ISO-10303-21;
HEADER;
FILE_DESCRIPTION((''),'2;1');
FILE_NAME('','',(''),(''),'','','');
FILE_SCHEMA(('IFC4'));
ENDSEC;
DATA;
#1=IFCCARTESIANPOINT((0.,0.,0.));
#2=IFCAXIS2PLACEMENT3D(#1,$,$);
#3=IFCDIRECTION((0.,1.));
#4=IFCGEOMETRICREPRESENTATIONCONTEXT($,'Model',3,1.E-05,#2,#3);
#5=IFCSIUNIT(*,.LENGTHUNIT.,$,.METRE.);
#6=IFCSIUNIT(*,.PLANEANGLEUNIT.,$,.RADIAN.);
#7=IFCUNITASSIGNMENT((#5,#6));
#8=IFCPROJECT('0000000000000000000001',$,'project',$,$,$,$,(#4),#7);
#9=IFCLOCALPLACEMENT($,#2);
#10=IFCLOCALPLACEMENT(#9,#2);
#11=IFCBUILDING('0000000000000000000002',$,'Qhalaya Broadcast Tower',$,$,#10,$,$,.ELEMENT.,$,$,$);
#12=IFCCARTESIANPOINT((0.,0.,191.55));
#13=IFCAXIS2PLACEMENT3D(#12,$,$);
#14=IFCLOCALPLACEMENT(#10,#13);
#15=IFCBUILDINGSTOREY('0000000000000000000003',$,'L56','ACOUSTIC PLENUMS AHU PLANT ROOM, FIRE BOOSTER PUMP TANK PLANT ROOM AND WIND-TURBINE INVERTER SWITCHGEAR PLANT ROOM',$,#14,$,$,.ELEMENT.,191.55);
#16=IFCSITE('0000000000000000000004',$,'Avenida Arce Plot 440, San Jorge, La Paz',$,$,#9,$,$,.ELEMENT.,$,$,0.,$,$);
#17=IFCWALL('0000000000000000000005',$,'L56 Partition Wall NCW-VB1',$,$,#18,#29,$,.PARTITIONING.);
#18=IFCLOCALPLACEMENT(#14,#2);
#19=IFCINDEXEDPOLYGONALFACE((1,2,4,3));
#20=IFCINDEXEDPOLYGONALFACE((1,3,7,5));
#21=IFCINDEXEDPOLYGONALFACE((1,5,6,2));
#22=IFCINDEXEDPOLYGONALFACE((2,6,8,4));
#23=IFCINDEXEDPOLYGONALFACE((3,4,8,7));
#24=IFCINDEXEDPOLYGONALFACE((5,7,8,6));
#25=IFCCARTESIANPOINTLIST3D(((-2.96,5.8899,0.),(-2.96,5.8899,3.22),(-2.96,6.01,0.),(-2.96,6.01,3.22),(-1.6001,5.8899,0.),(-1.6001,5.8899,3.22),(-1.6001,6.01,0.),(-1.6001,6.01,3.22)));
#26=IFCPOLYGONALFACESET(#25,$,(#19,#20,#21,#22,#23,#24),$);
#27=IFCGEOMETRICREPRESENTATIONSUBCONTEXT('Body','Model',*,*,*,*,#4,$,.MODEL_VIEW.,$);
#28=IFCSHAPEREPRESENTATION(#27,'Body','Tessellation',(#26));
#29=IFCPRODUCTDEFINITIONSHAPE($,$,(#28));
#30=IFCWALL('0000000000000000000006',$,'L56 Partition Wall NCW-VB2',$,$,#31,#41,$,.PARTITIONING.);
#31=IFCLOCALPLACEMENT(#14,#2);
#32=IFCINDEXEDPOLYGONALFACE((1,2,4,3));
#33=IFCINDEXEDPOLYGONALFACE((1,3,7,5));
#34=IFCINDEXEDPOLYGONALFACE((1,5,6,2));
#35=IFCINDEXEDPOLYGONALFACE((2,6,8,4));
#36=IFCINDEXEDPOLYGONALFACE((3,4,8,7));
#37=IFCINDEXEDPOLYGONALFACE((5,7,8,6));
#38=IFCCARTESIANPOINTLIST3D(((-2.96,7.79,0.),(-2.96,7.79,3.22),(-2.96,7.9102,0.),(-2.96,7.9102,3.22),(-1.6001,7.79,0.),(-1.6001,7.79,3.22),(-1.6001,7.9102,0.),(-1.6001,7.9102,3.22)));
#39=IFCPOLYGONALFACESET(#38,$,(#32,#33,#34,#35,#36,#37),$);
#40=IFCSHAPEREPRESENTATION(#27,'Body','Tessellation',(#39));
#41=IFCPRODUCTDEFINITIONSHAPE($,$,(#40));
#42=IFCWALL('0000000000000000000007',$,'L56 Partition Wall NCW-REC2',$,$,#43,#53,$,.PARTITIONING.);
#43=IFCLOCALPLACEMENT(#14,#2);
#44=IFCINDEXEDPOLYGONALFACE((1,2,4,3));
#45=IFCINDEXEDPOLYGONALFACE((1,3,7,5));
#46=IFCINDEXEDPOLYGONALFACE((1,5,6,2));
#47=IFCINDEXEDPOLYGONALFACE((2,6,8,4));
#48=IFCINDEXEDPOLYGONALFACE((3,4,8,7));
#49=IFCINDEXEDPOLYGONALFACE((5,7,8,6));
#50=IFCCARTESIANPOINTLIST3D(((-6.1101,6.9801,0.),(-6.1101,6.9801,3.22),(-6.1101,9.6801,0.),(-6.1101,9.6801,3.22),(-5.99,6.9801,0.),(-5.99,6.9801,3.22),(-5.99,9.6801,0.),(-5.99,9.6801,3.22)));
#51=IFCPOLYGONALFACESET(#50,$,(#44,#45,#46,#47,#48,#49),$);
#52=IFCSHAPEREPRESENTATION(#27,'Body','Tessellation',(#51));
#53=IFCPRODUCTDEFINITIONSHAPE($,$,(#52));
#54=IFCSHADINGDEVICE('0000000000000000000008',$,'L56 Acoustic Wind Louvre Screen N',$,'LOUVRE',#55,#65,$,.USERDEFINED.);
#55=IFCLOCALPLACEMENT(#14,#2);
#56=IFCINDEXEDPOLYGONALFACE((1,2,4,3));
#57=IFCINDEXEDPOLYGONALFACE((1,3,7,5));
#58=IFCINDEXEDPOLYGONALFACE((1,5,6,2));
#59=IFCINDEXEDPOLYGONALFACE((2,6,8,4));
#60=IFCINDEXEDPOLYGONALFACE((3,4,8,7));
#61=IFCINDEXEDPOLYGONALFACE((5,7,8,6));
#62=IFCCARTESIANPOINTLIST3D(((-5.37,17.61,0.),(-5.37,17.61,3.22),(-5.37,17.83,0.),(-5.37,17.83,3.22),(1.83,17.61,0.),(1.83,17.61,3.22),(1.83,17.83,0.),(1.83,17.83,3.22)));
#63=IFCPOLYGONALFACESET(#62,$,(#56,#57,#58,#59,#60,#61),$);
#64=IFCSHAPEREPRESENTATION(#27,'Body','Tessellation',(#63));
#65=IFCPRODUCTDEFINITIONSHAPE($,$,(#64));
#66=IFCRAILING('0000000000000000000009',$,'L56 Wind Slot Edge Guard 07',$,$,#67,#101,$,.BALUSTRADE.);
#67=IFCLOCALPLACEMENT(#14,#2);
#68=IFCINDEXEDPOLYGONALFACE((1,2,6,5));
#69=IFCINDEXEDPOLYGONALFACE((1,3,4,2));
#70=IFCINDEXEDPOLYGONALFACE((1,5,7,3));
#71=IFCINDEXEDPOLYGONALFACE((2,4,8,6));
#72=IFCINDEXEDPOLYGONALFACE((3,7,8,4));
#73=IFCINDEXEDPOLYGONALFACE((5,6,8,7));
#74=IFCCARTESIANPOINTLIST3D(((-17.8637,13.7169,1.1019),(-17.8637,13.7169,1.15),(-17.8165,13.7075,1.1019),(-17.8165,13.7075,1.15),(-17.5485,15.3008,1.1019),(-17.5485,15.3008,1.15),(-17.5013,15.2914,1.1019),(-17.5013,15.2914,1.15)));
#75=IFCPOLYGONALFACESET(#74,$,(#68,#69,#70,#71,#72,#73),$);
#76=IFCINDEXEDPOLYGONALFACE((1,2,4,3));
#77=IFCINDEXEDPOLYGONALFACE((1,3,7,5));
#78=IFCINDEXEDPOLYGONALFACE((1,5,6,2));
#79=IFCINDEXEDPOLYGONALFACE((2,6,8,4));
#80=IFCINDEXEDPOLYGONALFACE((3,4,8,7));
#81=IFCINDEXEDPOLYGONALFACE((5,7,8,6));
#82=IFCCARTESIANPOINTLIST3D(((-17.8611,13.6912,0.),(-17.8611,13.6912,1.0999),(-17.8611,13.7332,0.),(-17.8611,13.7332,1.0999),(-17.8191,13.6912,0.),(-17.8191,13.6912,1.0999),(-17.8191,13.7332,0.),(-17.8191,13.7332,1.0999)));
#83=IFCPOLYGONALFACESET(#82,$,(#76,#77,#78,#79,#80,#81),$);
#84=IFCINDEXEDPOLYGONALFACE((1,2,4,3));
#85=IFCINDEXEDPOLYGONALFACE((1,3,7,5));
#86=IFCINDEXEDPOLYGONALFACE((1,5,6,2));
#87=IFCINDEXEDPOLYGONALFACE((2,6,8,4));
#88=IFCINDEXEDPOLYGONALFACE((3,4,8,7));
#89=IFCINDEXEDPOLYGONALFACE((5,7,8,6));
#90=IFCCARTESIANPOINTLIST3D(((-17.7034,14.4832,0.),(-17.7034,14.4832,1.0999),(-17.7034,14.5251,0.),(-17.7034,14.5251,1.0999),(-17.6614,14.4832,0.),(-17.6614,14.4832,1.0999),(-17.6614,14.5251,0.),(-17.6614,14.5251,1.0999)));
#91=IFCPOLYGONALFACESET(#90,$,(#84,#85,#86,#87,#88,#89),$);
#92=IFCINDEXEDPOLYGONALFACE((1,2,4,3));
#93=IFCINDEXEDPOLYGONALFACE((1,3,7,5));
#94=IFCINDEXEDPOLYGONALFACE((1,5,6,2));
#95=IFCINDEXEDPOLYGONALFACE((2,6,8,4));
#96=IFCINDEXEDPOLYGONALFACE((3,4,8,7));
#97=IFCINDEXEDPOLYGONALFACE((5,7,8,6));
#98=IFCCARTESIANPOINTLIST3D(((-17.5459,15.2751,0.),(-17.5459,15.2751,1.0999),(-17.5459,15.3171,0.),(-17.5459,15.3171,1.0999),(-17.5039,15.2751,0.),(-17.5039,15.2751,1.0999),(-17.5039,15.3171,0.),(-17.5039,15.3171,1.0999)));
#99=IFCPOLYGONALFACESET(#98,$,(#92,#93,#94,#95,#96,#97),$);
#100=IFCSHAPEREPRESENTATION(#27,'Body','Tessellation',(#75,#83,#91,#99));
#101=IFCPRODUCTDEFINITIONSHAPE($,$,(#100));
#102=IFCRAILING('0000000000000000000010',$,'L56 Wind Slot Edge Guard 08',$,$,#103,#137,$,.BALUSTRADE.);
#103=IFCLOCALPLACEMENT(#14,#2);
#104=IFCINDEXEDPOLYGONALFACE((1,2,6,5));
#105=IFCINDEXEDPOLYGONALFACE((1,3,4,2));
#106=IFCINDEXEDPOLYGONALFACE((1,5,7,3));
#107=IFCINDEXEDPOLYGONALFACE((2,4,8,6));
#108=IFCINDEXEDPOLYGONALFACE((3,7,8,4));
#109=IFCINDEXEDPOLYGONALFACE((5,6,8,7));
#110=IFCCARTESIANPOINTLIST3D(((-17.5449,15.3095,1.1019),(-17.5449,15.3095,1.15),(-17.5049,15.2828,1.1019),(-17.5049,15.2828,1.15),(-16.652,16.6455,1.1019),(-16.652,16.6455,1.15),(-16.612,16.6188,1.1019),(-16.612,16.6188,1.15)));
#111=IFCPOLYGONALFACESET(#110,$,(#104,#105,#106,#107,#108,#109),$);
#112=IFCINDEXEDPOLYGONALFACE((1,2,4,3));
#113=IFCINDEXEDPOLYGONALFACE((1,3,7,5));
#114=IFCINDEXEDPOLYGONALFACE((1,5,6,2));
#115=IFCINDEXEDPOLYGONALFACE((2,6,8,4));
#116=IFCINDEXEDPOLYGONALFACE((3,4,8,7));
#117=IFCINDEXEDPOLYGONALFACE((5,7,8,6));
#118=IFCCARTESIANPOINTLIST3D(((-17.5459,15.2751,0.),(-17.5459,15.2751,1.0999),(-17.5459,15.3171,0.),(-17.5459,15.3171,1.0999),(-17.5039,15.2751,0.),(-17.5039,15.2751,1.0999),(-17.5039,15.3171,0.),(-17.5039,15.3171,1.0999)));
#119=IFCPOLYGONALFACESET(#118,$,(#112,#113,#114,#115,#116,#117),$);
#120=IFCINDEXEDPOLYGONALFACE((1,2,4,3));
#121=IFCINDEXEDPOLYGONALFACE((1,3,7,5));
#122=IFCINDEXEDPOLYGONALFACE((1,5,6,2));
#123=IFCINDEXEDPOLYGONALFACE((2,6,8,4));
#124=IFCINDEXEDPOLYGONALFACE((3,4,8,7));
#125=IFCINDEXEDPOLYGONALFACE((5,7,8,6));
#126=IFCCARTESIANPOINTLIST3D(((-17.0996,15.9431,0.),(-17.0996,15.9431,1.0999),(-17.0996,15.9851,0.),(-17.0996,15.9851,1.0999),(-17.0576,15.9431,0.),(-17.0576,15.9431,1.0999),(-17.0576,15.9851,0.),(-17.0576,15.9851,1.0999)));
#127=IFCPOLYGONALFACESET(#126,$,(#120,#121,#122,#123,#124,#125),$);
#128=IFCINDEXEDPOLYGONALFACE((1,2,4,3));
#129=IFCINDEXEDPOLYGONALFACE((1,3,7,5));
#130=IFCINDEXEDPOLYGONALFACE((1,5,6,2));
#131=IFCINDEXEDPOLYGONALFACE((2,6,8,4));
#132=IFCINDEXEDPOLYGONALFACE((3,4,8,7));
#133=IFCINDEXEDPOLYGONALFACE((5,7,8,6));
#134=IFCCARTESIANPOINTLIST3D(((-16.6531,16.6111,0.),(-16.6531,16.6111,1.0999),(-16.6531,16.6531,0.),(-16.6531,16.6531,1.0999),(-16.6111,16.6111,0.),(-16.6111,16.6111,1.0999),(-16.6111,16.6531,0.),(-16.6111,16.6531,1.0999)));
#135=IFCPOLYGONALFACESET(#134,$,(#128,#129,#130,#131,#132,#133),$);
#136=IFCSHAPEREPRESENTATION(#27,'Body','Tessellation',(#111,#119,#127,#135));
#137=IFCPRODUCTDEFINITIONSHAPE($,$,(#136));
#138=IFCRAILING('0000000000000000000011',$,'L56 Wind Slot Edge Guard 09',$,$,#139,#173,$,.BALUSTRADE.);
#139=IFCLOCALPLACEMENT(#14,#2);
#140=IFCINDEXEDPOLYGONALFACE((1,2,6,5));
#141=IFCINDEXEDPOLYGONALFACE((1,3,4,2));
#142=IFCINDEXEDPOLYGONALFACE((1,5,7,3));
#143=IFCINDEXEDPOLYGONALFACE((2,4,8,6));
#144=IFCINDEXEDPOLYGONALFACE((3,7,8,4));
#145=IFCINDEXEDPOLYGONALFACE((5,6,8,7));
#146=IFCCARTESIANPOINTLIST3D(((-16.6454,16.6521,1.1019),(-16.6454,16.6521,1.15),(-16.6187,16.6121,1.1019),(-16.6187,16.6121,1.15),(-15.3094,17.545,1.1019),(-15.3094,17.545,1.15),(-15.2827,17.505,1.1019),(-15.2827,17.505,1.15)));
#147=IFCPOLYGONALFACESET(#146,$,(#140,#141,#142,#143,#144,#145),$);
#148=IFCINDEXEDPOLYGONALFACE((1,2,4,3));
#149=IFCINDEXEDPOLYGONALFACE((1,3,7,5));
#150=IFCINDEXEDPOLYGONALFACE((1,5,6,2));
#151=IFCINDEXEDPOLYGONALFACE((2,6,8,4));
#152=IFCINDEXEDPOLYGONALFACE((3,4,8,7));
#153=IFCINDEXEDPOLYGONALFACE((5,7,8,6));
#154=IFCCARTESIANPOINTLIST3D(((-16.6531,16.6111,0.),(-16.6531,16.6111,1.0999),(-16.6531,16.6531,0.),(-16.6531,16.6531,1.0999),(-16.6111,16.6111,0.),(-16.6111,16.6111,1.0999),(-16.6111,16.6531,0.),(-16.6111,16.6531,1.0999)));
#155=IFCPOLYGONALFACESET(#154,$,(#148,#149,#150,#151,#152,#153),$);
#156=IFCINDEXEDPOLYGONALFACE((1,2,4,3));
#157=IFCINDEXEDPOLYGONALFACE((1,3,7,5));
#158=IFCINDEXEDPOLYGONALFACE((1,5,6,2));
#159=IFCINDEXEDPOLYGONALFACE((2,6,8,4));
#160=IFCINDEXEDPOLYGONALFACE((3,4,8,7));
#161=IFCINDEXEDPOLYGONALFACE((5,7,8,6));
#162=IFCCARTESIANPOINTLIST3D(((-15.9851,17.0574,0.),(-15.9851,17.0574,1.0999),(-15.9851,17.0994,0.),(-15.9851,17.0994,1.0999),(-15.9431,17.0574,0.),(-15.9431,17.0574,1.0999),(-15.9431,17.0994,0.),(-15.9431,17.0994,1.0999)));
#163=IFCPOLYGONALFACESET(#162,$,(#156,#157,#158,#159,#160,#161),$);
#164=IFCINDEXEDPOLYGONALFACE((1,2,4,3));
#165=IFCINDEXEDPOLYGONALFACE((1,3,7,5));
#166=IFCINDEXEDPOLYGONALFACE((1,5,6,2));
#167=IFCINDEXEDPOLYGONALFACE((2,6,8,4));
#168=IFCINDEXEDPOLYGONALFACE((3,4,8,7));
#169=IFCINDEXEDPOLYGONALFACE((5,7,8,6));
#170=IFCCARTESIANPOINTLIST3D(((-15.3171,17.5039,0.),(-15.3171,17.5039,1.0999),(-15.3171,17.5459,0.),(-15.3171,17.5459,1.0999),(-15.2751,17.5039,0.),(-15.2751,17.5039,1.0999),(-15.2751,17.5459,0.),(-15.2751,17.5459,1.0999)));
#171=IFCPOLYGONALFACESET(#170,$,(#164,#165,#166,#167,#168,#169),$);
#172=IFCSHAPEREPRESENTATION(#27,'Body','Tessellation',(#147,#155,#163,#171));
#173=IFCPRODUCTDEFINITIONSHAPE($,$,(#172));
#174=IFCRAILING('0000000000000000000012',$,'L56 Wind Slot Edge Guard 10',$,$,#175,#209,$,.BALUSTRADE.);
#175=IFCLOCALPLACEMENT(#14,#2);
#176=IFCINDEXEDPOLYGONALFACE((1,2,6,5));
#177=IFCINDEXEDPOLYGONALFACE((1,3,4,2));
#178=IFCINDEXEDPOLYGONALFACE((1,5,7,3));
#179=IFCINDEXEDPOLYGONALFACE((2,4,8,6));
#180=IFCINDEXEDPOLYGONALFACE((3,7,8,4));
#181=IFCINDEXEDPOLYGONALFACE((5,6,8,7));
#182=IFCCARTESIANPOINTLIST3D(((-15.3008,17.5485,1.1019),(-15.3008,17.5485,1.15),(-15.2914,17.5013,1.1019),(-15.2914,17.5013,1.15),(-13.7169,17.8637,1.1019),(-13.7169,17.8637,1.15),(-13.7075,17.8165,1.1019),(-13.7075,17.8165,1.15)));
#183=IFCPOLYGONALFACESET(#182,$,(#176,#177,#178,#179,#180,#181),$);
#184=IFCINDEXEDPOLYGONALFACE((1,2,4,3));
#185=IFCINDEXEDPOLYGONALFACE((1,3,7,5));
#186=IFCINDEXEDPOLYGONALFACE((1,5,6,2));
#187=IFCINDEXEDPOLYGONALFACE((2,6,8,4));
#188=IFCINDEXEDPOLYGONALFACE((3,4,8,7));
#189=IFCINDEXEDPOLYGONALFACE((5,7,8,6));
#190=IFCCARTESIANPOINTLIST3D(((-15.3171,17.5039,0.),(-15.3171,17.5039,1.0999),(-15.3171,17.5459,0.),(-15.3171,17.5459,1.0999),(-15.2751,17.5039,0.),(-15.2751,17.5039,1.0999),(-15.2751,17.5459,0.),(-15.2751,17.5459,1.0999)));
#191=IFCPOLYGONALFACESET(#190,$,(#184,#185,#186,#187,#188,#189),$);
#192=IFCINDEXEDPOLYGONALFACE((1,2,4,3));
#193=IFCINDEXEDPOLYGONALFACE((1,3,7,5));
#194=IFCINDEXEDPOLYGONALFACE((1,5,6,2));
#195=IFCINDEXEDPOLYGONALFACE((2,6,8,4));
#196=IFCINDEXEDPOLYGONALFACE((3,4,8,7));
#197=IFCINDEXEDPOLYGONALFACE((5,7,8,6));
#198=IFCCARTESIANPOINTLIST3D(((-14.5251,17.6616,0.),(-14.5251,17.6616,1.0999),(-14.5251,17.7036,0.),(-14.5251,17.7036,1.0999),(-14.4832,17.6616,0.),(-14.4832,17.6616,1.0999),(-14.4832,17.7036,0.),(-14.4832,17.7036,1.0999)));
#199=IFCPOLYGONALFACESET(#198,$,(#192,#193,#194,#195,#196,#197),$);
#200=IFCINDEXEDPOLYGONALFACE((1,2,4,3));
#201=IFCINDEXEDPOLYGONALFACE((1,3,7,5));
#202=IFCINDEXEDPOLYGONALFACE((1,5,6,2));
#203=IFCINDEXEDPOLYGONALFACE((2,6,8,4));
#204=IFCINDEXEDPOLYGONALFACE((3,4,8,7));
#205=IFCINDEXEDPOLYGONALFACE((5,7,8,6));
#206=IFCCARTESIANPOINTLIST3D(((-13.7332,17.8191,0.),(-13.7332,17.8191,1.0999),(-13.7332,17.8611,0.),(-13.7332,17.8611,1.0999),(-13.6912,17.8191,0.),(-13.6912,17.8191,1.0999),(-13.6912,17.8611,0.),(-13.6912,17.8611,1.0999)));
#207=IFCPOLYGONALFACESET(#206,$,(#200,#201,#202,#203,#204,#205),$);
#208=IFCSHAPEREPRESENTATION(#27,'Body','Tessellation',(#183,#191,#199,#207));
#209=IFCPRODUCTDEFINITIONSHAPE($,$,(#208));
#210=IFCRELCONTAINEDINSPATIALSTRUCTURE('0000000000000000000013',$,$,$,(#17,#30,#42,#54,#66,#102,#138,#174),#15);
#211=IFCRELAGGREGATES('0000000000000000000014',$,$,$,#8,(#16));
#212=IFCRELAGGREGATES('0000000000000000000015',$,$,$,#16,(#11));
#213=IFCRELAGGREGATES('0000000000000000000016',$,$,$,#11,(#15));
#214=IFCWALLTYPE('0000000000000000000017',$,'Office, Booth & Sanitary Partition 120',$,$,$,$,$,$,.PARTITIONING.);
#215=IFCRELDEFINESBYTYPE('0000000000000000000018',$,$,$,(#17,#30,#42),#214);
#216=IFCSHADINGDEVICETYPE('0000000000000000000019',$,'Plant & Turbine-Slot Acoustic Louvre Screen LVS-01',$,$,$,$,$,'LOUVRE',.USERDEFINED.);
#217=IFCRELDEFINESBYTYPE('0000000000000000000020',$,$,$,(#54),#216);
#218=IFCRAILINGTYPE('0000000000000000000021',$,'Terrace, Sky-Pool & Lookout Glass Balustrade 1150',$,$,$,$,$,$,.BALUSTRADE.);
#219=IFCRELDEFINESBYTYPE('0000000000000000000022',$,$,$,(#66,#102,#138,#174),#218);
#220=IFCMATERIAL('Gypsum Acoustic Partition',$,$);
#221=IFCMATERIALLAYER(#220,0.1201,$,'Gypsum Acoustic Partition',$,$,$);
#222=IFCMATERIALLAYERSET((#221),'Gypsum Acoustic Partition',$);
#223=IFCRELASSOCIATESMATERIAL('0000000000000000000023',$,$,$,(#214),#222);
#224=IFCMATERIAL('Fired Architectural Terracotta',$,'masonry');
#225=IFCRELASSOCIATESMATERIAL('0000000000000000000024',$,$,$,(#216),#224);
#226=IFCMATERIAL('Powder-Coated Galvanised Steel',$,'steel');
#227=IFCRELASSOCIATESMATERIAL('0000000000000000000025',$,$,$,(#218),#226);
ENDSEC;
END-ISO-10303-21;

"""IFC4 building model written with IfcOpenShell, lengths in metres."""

from ifc_helpers import new_model, si_unit, direction, frame, frame_2d, origin, origin_2d, place, context, subcontext, project, spatial, rectangle, extrude, material, layer, layer_set, type_object, element, save


model = new_model("IFC4")

# Units and contexts
model_context = context("Model", 3, precision=1e-05, world=origin(), true_north=direction((0.0, 1.0)))
body_context = subcontext(model_context, "Body", "Model", "MODEL_VIEW")
ifc_project = project(units=[si_unit("LENGTHUNIT", "METRE"), si_unit("PLANEANGLEUNIT", "RADIAN")], contexts=[model_context])

# Site, building, storey
site_placement = place(None, origin())
site = spatial("IfcSite", under=ifc_project, at=site_placement, Name="Avenida Arce Plot 440, San Jorge, La Paz", CompositionType="ELEMENT", RefElevation=0.0)
building_placement = place(site_placement, origin())
building = spatial("IfcBuilding", under=site, at=building_placement, Name="Qhalaya Broadcast Tower", CompositionType="ELEMENT")
storey_placement = place(building_placement, frame((0.0, 0.0, 191.55)))
storey = spatial("IfcBuildingStorey", under=building, at=storey_placement, Name="L56", Description="ACOUSTIC PLENUMS AHU PLANT ROOM, FIRE BOOSTER PUMP TANK PLANT ROOM AND WIND-TURBINE INVERTER SWITCHGEAR PLANT ROOM", CompositionType="ELEMENT", Elevation=191.55)

# Shared definitions
ifc_material_1 = material(Name="Gypsum Acoustic Partition")

# Walls
ifc_layer_1 = layer(ifc_material_1, 0.1201, Name="Gypsum Acoustic Partition")
ifc_layer_set_1 = layer_set([ifc_layer_1], Name="Gypsum Acoustic Partition")
wall_type_1 = type_object("IfcWallType", Name="Office, Booth & Sanitary Partition 120", PredefinedType="PARTITIONING", material=ifc_layer_set_1)
for number, where, z_axis, x_axis, name in (
    (1, (-2.96, 5.95, 0.0), (0.0, 0.0, 1.0), (1.0, 0.0, 0.0), "L56 Partition Wall NCW-VB1"),
    (2, (-2.96, 7.8501, 0.0), (0.0, 0.0, 1.0), (1.0, 0.0, 0.0), "L56 Partition Wall NCW-VB2"),
):
    element("IfcWall", number, at=place(storey_placement, frame(where, z_axis=z_axis, x_axis=x_axis)), inside=storey, type_object=wall_type_1, Name=name, PredefinedType="PARTITIONING", context=body_context, shape_type="SweptSolid", body=[
        extrude(rectangle(XDim=1.3599, YDim=0.1201, at=frame_2d((0.6799, 0.0))), origin(), (0.0, 0.0, 1.0), 3.22),
    ])
wall_1_placement = place(storey_placement, frame((-6.05, 6.98, 0.0), z_axis=(0.0, 0.0, 1.0), x_axis=(0.0, 1.0, 0.0)))
element("IfcWall", 3, at=wall_1_placement, inside=storey, type_object=wall_type_1, Name="L56 Partition Wall NCW-REC2", PredefinedType="PARTITIONING", context=body_context, shape_type="SweptSolid", body=[
    extrude(rectangle(XDim=2.7, YDim=0.1201, at=frame_2d((1.3501, 0.0))), origin(), (0.0, 0.0, 1.0), 3.22),
])

# Shading device
ifc_material_2 = material(Name="Fired Architectural Terracotta", Category="masonry")
shading_device_type = type_object("IfcShadingDeviceType", Name="Plant & Turbine-Slot Acoustic Louvre Screen LVS-01", ElementType="LOUVRE", PredefinedType="USERDEFINED", material=ifc_material_2)
shading_device_placement = place(storey_placement, frame((-1.77, 17.72, 0.0), z_axis=(0.0, 0.0, 1.0), x_axis=(1.0, 0.0, 0.0)))
element("IfcShadingDevice", 4, at=shading_device_placement, inside=storey, type_object=shading_device_type, Name="L56 Acoustic Wind Louvre Screen N", ObjectType="LOUVRE", PredefinedType="USERDEFINED", context=body_context, shape_type="SweptSolid", body=[
    extrude(rectangle(XDim=7.2, YDim=0.22, at=origin_2d()), origin(), (0.0, 0.0, 1.0), 3.22),
])

# Railings
ifc_material_3 = material(Name="Powder-Coated Galvanised Steel", Category="steel")
railing_type = type_object("IfcRailingType", Name="Terrace, Sky-Pool & Lookout Glass Balustrade 1150", PredefinedType="BALUSTRADE", material=ifc_material_3)
railing_1_placement = place(storey_placement, frame((-17.8401, 13.7122, 0.0)))
element("IfcRailing", 5, at=railing_1_placement, inside=storey, type_object=railing_type, Name="L56 Wind Slot Edge Guard 07", PredefinedType="BALUSTRADE", context=body_context, shape_type="SweptSolid", body=[
    extrude(rectangle(XDim=0.0481, YDim=0.0481, at=origin_2d()), frame((0.0, 0.0, 1.126), z_axis=(0.195157, 0.980772, 0.0), x_axis=(-0.980772, 0.195157, 0.0)), (0.0, 0.0, 1.0), 1.615),
    extrude(rectangle(XDim=0.042, YDim=0.042, at=origin_2d()), origin(), (0.0, 0.0, 1.0), 1.0999),
    extrude(rectangle(XDim=0.042, YDim=0.042, at=origin_2d()), frame((0.1577, 0.792, 0.0)), (0.0, 0.0, 1.0), 1.0999),
    extrude(rectangle(XDim=0.042, YDim=0.042, at=origin_2d()), frame((0.3152, 1.584, 0.0)), (0.0, 0.0, 1.0), 1.0999),
])
railing_2_placement = place(storey_placement, frame((-17.5249, 15.2961, 0.0)))
element("IfcRailing", 6, at=railing_2_placement, inside=storey, type_object=railing_type, Name="L56 Wind Slot Edge Guard 08", PredefinedType="BALUSTRADE", context=body_context, shape_type="SweptSolid", body=[
    extrude(rectangle(XDim=0.0481, YDim=0.0481, at=origin_2d()), frame((0.0, 0.0, 1.126), z_axis=(0.555647, 0.831419, 0.0), x_axis=(-0.831419, 0.555647, 0.0)), (0.0, 0.0, 1.0), 1.6069),
    extrude(rectangle(XDim=0.042, YDim=0.042, at=origin_2d()), origin(), (0.0, 0.0, 1.0), 1.0999),
    extrude(rectangle(XDim=0.042, YDim=0.042, at=origin_2d()), frame((0.4463, 0.668, 0.0)), (0.0, 0.0, 1.0), 1.0999),
    extrude(rectangle(XDim=0.042, YDim=0.042, at=origin_2d()), frame((0.8928, 1.3359, 0.0)), (0.0, 0.0, 1.0), 1.0999),
])
railing_3_placement = place(storey_placement, frame((-16.6321, 16.6321, 0.0)))
element("IfcRailing", 7, at=railing_3_placement, inside=storey, type_object=railing_type, Name="L56 Wind Slot Edge Guard 09", PredefinedType="BALUSTRADE", context=body_context, shape_type="SweptSolid", body=[
    extrude(rectangle(XDim=0.0481, YDim=0.0481, at=origin_2d()), frame((0.0, 0.0, 1.126), z_axis=(0.831419, 0.555647, 0.0), x_axis=(-0.555647, 0.831419, 0.0)), (0.0, 0.0, 1.0), 1.6069),
    extrude(rectangle(XDim=0.042, YDim=0.042, at=origin_2d()), origin(), (0.0, 0.0, 1.0), 1.0999),
    extrude(rectangle(XDim=0.042, YDim=0.042, at=origin_2d()), frame((0.668, 0.4463, 0.0)), (0.0, 0.0, 1.0), 1.0999),
    extrude(rectangle(XDim=0.042, YDim=0.042, at=origin_2d()), frame((1.3359, 0.8928, 0.0)), (0.0, 0.0, 1.0), 1.0999),
])
railing_4_placement = place(storey_placement, frame((-15.2961, 17.5249, 0.0)))
element("IfcRailing", 8, at=railing_4_placement, inside=storey, type_object=railing_type, Name="L56 Wind Slot Edge Guard 10", PredefinedType="BALUSTRADE", context=body_context, shape_type="SweptSolid", body=[
    extrude(rectangle(XDim=0.0481, YDim=0.0481, at=origin_2d()), frame((0.0, 0.0, 1.126), z_axis=(0.980772, 0.195157, 0.0), x_axis=(-0.195157, 0.980772, 0.0)), (0.0, 0.0, 1.0), 1.615),
    extrude(rectangle(XDim=0.042, YDim=0.042, at=origin_2d()), origin(), (0.0, 0.0, 1.0), 1.0999),
    extrude(rectangle(XDim=0.042, YDim=0.042, at=origin_2d()), frame((0.792, 0.1577, 0.0)), (0.0, 0.0, 1.0), 1.0999),
    extrude(rectangle(XDim=0.042, YDim=0.042, at=origin_2d()), frame((1.584, 0.3152, 0.0)), (0.0, 0.0, 1.0), 1.0999),
])

save(model, "model.ifc")
